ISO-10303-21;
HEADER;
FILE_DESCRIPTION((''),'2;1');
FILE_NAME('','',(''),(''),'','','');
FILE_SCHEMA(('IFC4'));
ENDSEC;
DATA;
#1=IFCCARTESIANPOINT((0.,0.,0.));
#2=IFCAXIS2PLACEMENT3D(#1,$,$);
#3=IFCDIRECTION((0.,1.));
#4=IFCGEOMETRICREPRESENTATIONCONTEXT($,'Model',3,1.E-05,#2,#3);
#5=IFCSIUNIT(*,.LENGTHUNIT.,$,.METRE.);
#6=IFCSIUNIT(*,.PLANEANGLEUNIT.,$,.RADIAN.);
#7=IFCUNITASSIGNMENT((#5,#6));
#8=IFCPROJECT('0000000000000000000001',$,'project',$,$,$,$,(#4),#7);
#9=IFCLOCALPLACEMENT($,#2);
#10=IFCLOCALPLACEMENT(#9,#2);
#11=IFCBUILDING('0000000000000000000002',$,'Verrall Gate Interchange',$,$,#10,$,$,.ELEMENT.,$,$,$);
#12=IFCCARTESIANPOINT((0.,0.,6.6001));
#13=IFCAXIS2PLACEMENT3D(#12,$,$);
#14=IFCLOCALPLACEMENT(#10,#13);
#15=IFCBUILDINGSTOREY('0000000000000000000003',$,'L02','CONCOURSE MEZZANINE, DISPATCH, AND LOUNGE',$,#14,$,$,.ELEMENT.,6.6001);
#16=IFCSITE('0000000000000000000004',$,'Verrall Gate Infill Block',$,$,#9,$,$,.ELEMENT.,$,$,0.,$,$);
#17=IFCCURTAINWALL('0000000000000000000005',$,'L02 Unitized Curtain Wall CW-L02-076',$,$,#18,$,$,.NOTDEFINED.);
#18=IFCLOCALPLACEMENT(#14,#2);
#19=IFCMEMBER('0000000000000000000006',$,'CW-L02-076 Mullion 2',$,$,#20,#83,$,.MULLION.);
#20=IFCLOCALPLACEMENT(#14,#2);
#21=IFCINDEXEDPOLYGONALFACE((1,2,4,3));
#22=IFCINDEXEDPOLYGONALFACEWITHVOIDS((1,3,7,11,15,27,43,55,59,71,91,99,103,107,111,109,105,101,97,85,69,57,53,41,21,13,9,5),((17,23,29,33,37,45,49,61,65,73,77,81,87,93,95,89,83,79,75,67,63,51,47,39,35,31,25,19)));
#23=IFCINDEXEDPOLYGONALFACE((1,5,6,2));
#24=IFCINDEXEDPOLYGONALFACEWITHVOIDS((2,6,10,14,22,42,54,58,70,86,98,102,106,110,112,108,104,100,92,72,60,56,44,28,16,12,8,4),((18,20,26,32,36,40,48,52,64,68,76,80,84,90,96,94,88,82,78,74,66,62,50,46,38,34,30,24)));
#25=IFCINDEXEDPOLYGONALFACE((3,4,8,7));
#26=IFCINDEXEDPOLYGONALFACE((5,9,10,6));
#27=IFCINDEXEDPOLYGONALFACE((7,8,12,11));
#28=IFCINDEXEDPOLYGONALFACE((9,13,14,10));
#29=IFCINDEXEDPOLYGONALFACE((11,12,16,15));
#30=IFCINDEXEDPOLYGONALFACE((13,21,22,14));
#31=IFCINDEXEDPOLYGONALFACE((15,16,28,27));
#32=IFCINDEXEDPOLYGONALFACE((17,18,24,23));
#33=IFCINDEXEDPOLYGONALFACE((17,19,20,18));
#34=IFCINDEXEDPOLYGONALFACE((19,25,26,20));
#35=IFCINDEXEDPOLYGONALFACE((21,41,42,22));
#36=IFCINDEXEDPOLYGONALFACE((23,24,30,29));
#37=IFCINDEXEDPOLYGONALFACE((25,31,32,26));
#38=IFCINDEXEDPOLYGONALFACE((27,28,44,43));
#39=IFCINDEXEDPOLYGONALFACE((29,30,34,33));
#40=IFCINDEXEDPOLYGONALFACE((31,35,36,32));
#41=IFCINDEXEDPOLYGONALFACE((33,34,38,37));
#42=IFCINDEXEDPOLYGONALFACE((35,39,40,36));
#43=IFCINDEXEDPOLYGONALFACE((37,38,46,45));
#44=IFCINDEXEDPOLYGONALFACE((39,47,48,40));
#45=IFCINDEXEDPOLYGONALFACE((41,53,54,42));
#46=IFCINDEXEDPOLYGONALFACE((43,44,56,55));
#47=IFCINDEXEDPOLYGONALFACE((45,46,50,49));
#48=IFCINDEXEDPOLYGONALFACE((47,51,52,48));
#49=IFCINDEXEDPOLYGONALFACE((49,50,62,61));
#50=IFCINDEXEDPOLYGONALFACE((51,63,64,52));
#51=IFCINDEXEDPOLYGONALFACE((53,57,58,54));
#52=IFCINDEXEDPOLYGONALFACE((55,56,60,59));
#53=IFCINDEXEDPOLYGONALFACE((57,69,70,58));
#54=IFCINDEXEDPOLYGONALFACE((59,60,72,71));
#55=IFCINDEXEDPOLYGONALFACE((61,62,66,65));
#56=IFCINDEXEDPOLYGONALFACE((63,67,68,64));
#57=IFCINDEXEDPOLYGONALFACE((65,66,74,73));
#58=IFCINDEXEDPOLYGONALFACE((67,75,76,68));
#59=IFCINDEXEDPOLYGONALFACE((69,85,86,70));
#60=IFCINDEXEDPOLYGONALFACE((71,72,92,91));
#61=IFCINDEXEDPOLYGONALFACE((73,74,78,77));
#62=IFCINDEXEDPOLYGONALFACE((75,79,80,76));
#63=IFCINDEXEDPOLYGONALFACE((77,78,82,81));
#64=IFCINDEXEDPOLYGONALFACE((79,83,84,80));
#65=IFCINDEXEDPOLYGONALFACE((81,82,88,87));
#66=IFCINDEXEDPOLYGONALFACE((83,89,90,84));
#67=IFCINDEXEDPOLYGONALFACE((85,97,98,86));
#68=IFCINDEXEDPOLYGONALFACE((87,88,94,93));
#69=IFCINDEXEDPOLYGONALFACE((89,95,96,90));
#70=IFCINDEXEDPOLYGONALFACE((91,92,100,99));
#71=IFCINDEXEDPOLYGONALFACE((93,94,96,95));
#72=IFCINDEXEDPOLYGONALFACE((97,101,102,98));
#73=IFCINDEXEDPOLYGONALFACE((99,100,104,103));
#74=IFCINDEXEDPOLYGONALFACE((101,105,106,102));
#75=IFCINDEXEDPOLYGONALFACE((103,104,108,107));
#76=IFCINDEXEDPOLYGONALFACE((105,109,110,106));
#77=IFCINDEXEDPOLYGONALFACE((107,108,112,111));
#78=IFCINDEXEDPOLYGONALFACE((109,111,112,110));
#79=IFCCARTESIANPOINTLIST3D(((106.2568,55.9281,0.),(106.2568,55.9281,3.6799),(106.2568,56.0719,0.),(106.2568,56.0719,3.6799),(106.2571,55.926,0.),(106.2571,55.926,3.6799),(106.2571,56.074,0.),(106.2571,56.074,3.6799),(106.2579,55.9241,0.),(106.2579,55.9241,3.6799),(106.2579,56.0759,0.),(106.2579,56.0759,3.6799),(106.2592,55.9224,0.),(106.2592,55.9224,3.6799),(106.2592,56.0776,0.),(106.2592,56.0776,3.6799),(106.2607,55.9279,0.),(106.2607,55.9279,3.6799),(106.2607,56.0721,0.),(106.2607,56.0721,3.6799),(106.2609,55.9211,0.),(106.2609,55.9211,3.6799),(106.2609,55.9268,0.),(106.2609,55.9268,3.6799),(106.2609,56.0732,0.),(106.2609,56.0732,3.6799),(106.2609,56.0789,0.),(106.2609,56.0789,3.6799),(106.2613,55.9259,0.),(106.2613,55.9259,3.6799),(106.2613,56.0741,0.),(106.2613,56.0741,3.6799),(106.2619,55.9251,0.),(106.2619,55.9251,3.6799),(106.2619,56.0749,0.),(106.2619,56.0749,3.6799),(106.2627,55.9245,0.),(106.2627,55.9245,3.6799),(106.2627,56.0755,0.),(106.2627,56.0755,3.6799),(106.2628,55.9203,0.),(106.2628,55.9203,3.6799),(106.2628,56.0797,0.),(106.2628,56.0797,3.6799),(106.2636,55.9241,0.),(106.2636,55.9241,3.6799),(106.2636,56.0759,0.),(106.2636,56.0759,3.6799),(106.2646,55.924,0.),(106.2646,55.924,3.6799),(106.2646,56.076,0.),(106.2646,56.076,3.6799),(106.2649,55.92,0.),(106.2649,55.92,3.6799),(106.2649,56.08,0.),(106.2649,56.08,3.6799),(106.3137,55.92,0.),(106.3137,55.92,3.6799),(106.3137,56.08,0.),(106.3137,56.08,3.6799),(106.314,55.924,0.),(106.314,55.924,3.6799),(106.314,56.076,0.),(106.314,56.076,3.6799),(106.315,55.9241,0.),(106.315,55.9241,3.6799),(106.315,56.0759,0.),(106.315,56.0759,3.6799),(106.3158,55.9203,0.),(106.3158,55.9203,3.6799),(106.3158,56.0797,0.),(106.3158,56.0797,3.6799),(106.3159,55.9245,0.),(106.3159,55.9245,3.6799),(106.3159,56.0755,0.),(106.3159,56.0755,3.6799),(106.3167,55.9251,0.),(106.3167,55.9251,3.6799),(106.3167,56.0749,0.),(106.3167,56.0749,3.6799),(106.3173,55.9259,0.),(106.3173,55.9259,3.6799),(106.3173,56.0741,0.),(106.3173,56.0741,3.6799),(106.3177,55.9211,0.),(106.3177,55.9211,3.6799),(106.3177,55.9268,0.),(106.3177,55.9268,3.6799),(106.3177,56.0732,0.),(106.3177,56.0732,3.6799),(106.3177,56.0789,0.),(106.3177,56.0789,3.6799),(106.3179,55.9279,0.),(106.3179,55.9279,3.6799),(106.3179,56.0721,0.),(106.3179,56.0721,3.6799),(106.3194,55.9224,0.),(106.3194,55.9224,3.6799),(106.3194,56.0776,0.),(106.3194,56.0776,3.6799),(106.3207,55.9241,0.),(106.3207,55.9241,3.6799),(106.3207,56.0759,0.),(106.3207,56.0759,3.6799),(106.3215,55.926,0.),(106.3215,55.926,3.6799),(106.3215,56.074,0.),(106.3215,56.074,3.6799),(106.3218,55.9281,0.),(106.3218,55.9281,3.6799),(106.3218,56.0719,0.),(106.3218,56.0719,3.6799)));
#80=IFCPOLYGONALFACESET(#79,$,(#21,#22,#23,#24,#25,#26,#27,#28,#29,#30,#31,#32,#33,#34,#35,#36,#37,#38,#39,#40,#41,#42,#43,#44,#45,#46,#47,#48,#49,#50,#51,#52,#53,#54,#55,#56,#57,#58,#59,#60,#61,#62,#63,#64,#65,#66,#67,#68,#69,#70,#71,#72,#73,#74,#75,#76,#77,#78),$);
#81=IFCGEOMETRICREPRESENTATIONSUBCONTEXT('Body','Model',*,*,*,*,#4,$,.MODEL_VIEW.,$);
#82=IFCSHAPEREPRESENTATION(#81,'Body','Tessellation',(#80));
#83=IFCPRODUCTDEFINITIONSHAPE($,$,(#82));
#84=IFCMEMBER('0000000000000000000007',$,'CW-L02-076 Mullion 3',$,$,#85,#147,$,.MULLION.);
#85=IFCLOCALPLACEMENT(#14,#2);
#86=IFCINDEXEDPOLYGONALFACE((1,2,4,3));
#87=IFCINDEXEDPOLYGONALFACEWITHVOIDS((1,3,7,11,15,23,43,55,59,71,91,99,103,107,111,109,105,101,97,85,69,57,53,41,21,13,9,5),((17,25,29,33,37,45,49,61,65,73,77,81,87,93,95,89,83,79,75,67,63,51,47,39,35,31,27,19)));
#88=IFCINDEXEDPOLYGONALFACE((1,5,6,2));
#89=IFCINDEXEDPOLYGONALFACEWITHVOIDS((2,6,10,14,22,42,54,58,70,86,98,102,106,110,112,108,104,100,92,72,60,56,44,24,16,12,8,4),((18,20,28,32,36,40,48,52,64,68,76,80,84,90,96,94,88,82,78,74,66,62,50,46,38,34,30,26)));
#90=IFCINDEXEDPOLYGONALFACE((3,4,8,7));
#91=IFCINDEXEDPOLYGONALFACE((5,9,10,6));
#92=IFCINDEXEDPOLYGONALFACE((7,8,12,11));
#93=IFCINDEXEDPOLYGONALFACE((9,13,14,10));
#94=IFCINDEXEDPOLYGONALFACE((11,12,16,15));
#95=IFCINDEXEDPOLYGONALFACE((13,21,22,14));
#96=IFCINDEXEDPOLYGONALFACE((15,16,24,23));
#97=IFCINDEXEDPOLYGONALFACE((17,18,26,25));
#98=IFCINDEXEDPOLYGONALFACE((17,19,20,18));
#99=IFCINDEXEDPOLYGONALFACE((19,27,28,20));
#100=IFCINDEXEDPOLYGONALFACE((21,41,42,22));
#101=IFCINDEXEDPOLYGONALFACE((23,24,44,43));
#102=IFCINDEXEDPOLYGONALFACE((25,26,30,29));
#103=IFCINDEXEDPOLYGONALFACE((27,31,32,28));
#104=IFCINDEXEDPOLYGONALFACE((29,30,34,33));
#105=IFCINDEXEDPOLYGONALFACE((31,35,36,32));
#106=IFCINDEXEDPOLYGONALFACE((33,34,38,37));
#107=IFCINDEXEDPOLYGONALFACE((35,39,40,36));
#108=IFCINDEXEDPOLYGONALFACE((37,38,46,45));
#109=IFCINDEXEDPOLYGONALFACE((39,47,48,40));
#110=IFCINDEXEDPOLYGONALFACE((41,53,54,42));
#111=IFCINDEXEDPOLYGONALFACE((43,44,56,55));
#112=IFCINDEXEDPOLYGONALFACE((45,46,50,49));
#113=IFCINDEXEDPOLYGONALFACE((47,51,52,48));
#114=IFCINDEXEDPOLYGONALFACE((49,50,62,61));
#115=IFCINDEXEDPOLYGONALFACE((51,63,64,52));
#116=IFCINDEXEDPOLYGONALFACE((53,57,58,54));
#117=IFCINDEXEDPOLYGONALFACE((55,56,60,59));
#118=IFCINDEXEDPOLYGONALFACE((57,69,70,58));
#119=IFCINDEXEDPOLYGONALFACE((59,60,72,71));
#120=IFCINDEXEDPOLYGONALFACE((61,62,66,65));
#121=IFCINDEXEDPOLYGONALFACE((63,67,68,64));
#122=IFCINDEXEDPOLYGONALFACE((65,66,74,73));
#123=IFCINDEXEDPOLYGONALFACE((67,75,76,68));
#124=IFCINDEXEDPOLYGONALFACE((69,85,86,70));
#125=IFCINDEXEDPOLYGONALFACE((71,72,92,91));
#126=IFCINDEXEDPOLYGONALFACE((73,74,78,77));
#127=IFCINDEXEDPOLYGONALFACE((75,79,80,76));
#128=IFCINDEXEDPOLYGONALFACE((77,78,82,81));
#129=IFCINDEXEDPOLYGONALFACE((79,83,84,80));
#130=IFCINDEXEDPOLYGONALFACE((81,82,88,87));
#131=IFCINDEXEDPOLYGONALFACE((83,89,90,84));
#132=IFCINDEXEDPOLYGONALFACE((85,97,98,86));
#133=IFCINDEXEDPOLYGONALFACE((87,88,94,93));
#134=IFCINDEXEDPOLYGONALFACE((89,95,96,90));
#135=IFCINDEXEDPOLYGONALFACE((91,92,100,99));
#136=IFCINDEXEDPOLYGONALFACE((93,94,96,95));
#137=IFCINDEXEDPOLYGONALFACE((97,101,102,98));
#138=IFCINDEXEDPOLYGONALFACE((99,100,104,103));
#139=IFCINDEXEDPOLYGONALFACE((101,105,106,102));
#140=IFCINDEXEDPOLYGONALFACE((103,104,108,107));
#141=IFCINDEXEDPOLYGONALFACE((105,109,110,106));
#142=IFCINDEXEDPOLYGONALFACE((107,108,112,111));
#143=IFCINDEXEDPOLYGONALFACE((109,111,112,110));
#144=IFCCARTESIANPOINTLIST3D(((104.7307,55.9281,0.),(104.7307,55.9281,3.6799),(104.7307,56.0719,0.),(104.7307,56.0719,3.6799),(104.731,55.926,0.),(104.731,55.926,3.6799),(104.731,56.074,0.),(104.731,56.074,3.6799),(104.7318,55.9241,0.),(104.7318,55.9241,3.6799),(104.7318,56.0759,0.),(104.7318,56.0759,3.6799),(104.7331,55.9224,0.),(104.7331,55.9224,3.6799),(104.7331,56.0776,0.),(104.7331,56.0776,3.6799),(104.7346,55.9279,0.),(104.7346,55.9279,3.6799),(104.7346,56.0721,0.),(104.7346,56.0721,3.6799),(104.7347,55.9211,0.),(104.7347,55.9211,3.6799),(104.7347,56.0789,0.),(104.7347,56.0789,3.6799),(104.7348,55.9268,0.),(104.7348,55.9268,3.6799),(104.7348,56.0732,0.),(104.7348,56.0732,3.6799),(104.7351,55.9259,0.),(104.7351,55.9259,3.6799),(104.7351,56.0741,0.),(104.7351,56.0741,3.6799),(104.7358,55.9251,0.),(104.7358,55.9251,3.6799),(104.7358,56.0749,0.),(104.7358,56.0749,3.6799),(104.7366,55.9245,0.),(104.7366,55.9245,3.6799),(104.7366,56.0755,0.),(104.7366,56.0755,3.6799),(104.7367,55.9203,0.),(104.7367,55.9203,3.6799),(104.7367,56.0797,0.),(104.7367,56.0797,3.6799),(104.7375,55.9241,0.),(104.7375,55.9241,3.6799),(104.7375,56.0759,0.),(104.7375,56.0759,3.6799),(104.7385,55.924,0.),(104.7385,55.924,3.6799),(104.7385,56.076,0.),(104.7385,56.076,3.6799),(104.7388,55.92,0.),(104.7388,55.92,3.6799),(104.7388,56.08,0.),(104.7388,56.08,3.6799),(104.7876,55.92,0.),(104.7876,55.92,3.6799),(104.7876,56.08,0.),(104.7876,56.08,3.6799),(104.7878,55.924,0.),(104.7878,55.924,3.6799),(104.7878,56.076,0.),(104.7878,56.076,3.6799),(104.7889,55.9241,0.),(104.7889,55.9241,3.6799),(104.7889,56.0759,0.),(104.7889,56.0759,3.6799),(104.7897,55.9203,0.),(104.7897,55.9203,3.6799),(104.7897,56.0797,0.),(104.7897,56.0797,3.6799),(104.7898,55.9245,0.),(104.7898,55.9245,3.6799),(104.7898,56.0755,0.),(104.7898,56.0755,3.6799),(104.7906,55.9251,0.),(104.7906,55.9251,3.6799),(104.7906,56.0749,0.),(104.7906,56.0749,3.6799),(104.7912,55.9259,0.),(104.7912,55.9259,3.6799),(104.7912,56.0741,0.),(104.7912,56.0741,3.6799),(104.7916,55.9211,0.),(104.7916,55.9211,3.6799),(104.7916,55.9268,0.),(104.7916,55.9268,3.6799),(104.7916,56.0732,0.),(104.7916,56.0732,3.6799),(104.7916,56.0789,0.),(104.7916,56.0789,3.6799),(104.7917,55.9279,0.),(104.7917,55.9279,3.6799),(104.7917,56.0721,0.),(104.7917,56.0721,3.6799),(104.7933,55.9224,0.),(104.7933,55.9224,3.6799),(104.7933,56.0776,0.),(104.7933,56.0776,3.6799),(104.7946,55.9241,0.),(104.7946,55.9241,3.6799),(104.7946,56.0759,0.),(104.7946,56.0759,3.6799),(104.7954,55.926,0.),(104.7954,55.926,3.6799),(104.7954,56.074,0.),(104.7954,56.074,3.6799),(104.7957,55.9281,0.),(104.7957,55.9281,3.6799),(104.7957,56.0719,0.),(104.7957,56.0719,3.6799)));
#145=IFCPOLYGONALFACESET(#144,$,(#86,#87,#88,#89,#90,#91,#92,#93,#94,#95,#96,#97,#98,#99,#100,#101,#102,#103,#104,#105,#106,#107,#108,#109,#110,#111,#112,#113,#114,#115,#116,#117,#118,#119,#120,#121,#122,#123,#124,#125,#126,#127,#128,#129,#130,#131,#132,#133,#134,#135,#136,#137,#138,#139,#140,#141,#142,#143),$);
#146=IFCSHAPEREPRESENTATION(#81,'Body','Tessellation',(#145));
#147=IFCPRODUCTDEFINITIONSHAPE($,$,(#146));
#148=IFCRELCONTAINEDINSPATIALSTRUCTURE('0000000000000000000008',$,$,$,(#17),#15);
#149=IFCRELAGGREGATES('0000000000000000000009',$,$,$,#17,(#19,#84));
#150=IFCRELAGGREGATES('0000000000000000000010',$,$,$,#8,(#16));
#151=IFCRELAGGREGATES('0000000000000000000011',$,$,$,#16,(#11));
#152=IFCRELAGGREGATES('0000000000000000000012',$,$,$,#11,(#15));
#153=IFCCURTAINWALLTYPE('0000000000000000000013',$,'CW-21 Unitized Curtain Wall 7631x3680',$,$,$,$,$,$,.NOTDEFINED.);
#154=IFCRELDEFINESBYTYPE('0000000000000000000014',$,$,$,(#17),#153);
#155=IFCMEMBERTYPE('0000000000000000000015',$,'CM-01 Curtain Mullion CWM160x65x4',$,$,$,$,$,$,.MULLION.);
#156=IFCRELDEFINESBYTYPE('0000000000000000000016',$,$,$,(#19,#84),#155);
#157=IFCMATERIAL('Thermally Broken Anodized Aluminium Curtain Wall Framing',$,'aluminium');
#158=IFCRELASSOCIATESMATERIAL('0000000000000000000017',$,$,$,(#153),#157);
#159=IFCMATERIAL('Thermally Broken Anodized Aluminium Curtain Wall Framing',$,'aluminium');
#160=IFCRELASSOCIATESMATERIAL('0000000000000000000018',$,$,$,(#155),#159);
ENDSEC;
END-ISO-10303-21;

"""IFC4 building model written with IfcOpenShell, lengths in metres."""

from ifc_helpers import new_model, si_unit, direction, frame, origin, origin_2d, place, context, subcontext, project, spatial, hollow_rectangle, extrude, material, material_profile, profile_set, type_object, element, aggregate, save


model = new_model("IFC4")

# Units and contexts
model_context = context("Model", 3, precision=1e-05, world=origin(), true_north=direction((0.0, 1.0)))
body_context = subcontext(model_context, "Body", "Model", "MODEL_VIEW")
ifc_project = project(units=[si_unit("LENGTHUNIT", "METRE"), si_unit("PLANEANGLEUNIT", "RADIAN")], contexts=[model_context])

# Site, building, storey
site_placement = place(None, origin())
site = spatial("IfcSite", under=ifc_project, at=site_placement, Name="Verrall Gate Infill Block", CompositionType="ELEMENT", RefElevation=0.0)
building_placement = place(site_placement, origin())
building = spatial("IfcBuilding", under=site, at=building_placement, Name="Verrall Gate Interchange", CompositionType="ELEMENT")
storey_placement = place(building_placement, frame((0.0, 0.0, 6.6001)))
storey = spatial("IfcBuildingStorey", under=building, at=storey_placement, Name="L02", Description="CONCOURSE MEZZANINE, DISPATCH, AND LOUNGE", CompositionType="ELEMENT", Elevation=6.6001)

# Curtain wall, members
ifc_material_1 = material(Name="Thermally Broken Anodized Aluminium Curtain Wall Framing", Category="aluminium")
curtain_wall_type_1 = type_object("IfcCurtainWallType", Name="CW-21 Unitized Curtain Wall 7631x3680", PredefinedType="NOTDEFINED", material=ifc_material_1)
curtain_wall_1_placement = place(storey_placement, origin())
curtain_wall_1 = element("IfcCurtainWall", 1, at=curtain_wall_1_placement, inside=storey, type_object=curtain_wall_type_1, Name="L02 Unitized Curtain Wall CW-L02-076", PredefinedType="NOTDEFINED")
ifc_material_2 = material(Name="Thermally Broken Anodized Aluminium Curtain Wall Framing", Category="aluminium")
ifc_material_profile_1 = material_profile(ifc_material_2, hollow_rectangle(XDim=0.0649, YDim=0.1599, WallThickness=0.0039, InnerFilletRadius=0.0039, OuterFilletRadius=0.0081, at=origin_2d()), Name="CWM160x65x4")
ifc_profile_set_1 = profile_set([ifc_material_profile_1], Name="Thermally Broken Anodized Aluminium Curtain Wall Framing")
member_type_1 = type_object("IfcMemberType", Name="CM-01 Curtain Mullion CWM160x65x4", PredefinedType="MULLION", material=ifc_profile_set_1)
member_1_placement = place(storey_placement, frame((106.2893, 56.0, 0.0), z_axis=(0.0, 0.0, 1.0), x_axis=(-1.0, 0.0, 0.0)))
member_1 = element("IfcMember", 2, at=member_1_placement, type_object=member_type_1, Name="CW-L02-076 Mullion 2", PredefinedType="MULLION", context=body_context, shape_type="SweptSolid", body=[
    extrude(hollow_rectangle(XDim=0.0649, YDim=0.1599, WallThickness=0.0039, InnerFilletRadius=0.0039, OuterFilletRadius=0.0081, at=origin_2d()), origin(), (0.0, 0.0, 1.0), 3.6799),
])
member_2_placement = place(storey_placement, frame((104.7632, 56.0, 0.0), z_axis=(0.0, 0.0, 1.0), x_axis=(-1.0, 0.0, 0.0)))
member_2 = element("IfcMember", 3, at=member_2_placement, type_object=member_type_1, Name="CW-L02-076 Mullion 3", PredefinedType="MULLION", context=body_context, shape_type="SweptSolid", body=[
    extrude(hollow_rectangle(XDim=0.0649, YDim=0.1599, WallThickness=0.0039, InnerFilletRadius=0.0039, OuterFilletRadius=0.0081, at=origin_2d()), origin(), (0.0, 0.0, 1.0), 3.6799),
])

aggregate(curtain_wall_1, [member_1, member_2])

save(model, "model.ifc")
